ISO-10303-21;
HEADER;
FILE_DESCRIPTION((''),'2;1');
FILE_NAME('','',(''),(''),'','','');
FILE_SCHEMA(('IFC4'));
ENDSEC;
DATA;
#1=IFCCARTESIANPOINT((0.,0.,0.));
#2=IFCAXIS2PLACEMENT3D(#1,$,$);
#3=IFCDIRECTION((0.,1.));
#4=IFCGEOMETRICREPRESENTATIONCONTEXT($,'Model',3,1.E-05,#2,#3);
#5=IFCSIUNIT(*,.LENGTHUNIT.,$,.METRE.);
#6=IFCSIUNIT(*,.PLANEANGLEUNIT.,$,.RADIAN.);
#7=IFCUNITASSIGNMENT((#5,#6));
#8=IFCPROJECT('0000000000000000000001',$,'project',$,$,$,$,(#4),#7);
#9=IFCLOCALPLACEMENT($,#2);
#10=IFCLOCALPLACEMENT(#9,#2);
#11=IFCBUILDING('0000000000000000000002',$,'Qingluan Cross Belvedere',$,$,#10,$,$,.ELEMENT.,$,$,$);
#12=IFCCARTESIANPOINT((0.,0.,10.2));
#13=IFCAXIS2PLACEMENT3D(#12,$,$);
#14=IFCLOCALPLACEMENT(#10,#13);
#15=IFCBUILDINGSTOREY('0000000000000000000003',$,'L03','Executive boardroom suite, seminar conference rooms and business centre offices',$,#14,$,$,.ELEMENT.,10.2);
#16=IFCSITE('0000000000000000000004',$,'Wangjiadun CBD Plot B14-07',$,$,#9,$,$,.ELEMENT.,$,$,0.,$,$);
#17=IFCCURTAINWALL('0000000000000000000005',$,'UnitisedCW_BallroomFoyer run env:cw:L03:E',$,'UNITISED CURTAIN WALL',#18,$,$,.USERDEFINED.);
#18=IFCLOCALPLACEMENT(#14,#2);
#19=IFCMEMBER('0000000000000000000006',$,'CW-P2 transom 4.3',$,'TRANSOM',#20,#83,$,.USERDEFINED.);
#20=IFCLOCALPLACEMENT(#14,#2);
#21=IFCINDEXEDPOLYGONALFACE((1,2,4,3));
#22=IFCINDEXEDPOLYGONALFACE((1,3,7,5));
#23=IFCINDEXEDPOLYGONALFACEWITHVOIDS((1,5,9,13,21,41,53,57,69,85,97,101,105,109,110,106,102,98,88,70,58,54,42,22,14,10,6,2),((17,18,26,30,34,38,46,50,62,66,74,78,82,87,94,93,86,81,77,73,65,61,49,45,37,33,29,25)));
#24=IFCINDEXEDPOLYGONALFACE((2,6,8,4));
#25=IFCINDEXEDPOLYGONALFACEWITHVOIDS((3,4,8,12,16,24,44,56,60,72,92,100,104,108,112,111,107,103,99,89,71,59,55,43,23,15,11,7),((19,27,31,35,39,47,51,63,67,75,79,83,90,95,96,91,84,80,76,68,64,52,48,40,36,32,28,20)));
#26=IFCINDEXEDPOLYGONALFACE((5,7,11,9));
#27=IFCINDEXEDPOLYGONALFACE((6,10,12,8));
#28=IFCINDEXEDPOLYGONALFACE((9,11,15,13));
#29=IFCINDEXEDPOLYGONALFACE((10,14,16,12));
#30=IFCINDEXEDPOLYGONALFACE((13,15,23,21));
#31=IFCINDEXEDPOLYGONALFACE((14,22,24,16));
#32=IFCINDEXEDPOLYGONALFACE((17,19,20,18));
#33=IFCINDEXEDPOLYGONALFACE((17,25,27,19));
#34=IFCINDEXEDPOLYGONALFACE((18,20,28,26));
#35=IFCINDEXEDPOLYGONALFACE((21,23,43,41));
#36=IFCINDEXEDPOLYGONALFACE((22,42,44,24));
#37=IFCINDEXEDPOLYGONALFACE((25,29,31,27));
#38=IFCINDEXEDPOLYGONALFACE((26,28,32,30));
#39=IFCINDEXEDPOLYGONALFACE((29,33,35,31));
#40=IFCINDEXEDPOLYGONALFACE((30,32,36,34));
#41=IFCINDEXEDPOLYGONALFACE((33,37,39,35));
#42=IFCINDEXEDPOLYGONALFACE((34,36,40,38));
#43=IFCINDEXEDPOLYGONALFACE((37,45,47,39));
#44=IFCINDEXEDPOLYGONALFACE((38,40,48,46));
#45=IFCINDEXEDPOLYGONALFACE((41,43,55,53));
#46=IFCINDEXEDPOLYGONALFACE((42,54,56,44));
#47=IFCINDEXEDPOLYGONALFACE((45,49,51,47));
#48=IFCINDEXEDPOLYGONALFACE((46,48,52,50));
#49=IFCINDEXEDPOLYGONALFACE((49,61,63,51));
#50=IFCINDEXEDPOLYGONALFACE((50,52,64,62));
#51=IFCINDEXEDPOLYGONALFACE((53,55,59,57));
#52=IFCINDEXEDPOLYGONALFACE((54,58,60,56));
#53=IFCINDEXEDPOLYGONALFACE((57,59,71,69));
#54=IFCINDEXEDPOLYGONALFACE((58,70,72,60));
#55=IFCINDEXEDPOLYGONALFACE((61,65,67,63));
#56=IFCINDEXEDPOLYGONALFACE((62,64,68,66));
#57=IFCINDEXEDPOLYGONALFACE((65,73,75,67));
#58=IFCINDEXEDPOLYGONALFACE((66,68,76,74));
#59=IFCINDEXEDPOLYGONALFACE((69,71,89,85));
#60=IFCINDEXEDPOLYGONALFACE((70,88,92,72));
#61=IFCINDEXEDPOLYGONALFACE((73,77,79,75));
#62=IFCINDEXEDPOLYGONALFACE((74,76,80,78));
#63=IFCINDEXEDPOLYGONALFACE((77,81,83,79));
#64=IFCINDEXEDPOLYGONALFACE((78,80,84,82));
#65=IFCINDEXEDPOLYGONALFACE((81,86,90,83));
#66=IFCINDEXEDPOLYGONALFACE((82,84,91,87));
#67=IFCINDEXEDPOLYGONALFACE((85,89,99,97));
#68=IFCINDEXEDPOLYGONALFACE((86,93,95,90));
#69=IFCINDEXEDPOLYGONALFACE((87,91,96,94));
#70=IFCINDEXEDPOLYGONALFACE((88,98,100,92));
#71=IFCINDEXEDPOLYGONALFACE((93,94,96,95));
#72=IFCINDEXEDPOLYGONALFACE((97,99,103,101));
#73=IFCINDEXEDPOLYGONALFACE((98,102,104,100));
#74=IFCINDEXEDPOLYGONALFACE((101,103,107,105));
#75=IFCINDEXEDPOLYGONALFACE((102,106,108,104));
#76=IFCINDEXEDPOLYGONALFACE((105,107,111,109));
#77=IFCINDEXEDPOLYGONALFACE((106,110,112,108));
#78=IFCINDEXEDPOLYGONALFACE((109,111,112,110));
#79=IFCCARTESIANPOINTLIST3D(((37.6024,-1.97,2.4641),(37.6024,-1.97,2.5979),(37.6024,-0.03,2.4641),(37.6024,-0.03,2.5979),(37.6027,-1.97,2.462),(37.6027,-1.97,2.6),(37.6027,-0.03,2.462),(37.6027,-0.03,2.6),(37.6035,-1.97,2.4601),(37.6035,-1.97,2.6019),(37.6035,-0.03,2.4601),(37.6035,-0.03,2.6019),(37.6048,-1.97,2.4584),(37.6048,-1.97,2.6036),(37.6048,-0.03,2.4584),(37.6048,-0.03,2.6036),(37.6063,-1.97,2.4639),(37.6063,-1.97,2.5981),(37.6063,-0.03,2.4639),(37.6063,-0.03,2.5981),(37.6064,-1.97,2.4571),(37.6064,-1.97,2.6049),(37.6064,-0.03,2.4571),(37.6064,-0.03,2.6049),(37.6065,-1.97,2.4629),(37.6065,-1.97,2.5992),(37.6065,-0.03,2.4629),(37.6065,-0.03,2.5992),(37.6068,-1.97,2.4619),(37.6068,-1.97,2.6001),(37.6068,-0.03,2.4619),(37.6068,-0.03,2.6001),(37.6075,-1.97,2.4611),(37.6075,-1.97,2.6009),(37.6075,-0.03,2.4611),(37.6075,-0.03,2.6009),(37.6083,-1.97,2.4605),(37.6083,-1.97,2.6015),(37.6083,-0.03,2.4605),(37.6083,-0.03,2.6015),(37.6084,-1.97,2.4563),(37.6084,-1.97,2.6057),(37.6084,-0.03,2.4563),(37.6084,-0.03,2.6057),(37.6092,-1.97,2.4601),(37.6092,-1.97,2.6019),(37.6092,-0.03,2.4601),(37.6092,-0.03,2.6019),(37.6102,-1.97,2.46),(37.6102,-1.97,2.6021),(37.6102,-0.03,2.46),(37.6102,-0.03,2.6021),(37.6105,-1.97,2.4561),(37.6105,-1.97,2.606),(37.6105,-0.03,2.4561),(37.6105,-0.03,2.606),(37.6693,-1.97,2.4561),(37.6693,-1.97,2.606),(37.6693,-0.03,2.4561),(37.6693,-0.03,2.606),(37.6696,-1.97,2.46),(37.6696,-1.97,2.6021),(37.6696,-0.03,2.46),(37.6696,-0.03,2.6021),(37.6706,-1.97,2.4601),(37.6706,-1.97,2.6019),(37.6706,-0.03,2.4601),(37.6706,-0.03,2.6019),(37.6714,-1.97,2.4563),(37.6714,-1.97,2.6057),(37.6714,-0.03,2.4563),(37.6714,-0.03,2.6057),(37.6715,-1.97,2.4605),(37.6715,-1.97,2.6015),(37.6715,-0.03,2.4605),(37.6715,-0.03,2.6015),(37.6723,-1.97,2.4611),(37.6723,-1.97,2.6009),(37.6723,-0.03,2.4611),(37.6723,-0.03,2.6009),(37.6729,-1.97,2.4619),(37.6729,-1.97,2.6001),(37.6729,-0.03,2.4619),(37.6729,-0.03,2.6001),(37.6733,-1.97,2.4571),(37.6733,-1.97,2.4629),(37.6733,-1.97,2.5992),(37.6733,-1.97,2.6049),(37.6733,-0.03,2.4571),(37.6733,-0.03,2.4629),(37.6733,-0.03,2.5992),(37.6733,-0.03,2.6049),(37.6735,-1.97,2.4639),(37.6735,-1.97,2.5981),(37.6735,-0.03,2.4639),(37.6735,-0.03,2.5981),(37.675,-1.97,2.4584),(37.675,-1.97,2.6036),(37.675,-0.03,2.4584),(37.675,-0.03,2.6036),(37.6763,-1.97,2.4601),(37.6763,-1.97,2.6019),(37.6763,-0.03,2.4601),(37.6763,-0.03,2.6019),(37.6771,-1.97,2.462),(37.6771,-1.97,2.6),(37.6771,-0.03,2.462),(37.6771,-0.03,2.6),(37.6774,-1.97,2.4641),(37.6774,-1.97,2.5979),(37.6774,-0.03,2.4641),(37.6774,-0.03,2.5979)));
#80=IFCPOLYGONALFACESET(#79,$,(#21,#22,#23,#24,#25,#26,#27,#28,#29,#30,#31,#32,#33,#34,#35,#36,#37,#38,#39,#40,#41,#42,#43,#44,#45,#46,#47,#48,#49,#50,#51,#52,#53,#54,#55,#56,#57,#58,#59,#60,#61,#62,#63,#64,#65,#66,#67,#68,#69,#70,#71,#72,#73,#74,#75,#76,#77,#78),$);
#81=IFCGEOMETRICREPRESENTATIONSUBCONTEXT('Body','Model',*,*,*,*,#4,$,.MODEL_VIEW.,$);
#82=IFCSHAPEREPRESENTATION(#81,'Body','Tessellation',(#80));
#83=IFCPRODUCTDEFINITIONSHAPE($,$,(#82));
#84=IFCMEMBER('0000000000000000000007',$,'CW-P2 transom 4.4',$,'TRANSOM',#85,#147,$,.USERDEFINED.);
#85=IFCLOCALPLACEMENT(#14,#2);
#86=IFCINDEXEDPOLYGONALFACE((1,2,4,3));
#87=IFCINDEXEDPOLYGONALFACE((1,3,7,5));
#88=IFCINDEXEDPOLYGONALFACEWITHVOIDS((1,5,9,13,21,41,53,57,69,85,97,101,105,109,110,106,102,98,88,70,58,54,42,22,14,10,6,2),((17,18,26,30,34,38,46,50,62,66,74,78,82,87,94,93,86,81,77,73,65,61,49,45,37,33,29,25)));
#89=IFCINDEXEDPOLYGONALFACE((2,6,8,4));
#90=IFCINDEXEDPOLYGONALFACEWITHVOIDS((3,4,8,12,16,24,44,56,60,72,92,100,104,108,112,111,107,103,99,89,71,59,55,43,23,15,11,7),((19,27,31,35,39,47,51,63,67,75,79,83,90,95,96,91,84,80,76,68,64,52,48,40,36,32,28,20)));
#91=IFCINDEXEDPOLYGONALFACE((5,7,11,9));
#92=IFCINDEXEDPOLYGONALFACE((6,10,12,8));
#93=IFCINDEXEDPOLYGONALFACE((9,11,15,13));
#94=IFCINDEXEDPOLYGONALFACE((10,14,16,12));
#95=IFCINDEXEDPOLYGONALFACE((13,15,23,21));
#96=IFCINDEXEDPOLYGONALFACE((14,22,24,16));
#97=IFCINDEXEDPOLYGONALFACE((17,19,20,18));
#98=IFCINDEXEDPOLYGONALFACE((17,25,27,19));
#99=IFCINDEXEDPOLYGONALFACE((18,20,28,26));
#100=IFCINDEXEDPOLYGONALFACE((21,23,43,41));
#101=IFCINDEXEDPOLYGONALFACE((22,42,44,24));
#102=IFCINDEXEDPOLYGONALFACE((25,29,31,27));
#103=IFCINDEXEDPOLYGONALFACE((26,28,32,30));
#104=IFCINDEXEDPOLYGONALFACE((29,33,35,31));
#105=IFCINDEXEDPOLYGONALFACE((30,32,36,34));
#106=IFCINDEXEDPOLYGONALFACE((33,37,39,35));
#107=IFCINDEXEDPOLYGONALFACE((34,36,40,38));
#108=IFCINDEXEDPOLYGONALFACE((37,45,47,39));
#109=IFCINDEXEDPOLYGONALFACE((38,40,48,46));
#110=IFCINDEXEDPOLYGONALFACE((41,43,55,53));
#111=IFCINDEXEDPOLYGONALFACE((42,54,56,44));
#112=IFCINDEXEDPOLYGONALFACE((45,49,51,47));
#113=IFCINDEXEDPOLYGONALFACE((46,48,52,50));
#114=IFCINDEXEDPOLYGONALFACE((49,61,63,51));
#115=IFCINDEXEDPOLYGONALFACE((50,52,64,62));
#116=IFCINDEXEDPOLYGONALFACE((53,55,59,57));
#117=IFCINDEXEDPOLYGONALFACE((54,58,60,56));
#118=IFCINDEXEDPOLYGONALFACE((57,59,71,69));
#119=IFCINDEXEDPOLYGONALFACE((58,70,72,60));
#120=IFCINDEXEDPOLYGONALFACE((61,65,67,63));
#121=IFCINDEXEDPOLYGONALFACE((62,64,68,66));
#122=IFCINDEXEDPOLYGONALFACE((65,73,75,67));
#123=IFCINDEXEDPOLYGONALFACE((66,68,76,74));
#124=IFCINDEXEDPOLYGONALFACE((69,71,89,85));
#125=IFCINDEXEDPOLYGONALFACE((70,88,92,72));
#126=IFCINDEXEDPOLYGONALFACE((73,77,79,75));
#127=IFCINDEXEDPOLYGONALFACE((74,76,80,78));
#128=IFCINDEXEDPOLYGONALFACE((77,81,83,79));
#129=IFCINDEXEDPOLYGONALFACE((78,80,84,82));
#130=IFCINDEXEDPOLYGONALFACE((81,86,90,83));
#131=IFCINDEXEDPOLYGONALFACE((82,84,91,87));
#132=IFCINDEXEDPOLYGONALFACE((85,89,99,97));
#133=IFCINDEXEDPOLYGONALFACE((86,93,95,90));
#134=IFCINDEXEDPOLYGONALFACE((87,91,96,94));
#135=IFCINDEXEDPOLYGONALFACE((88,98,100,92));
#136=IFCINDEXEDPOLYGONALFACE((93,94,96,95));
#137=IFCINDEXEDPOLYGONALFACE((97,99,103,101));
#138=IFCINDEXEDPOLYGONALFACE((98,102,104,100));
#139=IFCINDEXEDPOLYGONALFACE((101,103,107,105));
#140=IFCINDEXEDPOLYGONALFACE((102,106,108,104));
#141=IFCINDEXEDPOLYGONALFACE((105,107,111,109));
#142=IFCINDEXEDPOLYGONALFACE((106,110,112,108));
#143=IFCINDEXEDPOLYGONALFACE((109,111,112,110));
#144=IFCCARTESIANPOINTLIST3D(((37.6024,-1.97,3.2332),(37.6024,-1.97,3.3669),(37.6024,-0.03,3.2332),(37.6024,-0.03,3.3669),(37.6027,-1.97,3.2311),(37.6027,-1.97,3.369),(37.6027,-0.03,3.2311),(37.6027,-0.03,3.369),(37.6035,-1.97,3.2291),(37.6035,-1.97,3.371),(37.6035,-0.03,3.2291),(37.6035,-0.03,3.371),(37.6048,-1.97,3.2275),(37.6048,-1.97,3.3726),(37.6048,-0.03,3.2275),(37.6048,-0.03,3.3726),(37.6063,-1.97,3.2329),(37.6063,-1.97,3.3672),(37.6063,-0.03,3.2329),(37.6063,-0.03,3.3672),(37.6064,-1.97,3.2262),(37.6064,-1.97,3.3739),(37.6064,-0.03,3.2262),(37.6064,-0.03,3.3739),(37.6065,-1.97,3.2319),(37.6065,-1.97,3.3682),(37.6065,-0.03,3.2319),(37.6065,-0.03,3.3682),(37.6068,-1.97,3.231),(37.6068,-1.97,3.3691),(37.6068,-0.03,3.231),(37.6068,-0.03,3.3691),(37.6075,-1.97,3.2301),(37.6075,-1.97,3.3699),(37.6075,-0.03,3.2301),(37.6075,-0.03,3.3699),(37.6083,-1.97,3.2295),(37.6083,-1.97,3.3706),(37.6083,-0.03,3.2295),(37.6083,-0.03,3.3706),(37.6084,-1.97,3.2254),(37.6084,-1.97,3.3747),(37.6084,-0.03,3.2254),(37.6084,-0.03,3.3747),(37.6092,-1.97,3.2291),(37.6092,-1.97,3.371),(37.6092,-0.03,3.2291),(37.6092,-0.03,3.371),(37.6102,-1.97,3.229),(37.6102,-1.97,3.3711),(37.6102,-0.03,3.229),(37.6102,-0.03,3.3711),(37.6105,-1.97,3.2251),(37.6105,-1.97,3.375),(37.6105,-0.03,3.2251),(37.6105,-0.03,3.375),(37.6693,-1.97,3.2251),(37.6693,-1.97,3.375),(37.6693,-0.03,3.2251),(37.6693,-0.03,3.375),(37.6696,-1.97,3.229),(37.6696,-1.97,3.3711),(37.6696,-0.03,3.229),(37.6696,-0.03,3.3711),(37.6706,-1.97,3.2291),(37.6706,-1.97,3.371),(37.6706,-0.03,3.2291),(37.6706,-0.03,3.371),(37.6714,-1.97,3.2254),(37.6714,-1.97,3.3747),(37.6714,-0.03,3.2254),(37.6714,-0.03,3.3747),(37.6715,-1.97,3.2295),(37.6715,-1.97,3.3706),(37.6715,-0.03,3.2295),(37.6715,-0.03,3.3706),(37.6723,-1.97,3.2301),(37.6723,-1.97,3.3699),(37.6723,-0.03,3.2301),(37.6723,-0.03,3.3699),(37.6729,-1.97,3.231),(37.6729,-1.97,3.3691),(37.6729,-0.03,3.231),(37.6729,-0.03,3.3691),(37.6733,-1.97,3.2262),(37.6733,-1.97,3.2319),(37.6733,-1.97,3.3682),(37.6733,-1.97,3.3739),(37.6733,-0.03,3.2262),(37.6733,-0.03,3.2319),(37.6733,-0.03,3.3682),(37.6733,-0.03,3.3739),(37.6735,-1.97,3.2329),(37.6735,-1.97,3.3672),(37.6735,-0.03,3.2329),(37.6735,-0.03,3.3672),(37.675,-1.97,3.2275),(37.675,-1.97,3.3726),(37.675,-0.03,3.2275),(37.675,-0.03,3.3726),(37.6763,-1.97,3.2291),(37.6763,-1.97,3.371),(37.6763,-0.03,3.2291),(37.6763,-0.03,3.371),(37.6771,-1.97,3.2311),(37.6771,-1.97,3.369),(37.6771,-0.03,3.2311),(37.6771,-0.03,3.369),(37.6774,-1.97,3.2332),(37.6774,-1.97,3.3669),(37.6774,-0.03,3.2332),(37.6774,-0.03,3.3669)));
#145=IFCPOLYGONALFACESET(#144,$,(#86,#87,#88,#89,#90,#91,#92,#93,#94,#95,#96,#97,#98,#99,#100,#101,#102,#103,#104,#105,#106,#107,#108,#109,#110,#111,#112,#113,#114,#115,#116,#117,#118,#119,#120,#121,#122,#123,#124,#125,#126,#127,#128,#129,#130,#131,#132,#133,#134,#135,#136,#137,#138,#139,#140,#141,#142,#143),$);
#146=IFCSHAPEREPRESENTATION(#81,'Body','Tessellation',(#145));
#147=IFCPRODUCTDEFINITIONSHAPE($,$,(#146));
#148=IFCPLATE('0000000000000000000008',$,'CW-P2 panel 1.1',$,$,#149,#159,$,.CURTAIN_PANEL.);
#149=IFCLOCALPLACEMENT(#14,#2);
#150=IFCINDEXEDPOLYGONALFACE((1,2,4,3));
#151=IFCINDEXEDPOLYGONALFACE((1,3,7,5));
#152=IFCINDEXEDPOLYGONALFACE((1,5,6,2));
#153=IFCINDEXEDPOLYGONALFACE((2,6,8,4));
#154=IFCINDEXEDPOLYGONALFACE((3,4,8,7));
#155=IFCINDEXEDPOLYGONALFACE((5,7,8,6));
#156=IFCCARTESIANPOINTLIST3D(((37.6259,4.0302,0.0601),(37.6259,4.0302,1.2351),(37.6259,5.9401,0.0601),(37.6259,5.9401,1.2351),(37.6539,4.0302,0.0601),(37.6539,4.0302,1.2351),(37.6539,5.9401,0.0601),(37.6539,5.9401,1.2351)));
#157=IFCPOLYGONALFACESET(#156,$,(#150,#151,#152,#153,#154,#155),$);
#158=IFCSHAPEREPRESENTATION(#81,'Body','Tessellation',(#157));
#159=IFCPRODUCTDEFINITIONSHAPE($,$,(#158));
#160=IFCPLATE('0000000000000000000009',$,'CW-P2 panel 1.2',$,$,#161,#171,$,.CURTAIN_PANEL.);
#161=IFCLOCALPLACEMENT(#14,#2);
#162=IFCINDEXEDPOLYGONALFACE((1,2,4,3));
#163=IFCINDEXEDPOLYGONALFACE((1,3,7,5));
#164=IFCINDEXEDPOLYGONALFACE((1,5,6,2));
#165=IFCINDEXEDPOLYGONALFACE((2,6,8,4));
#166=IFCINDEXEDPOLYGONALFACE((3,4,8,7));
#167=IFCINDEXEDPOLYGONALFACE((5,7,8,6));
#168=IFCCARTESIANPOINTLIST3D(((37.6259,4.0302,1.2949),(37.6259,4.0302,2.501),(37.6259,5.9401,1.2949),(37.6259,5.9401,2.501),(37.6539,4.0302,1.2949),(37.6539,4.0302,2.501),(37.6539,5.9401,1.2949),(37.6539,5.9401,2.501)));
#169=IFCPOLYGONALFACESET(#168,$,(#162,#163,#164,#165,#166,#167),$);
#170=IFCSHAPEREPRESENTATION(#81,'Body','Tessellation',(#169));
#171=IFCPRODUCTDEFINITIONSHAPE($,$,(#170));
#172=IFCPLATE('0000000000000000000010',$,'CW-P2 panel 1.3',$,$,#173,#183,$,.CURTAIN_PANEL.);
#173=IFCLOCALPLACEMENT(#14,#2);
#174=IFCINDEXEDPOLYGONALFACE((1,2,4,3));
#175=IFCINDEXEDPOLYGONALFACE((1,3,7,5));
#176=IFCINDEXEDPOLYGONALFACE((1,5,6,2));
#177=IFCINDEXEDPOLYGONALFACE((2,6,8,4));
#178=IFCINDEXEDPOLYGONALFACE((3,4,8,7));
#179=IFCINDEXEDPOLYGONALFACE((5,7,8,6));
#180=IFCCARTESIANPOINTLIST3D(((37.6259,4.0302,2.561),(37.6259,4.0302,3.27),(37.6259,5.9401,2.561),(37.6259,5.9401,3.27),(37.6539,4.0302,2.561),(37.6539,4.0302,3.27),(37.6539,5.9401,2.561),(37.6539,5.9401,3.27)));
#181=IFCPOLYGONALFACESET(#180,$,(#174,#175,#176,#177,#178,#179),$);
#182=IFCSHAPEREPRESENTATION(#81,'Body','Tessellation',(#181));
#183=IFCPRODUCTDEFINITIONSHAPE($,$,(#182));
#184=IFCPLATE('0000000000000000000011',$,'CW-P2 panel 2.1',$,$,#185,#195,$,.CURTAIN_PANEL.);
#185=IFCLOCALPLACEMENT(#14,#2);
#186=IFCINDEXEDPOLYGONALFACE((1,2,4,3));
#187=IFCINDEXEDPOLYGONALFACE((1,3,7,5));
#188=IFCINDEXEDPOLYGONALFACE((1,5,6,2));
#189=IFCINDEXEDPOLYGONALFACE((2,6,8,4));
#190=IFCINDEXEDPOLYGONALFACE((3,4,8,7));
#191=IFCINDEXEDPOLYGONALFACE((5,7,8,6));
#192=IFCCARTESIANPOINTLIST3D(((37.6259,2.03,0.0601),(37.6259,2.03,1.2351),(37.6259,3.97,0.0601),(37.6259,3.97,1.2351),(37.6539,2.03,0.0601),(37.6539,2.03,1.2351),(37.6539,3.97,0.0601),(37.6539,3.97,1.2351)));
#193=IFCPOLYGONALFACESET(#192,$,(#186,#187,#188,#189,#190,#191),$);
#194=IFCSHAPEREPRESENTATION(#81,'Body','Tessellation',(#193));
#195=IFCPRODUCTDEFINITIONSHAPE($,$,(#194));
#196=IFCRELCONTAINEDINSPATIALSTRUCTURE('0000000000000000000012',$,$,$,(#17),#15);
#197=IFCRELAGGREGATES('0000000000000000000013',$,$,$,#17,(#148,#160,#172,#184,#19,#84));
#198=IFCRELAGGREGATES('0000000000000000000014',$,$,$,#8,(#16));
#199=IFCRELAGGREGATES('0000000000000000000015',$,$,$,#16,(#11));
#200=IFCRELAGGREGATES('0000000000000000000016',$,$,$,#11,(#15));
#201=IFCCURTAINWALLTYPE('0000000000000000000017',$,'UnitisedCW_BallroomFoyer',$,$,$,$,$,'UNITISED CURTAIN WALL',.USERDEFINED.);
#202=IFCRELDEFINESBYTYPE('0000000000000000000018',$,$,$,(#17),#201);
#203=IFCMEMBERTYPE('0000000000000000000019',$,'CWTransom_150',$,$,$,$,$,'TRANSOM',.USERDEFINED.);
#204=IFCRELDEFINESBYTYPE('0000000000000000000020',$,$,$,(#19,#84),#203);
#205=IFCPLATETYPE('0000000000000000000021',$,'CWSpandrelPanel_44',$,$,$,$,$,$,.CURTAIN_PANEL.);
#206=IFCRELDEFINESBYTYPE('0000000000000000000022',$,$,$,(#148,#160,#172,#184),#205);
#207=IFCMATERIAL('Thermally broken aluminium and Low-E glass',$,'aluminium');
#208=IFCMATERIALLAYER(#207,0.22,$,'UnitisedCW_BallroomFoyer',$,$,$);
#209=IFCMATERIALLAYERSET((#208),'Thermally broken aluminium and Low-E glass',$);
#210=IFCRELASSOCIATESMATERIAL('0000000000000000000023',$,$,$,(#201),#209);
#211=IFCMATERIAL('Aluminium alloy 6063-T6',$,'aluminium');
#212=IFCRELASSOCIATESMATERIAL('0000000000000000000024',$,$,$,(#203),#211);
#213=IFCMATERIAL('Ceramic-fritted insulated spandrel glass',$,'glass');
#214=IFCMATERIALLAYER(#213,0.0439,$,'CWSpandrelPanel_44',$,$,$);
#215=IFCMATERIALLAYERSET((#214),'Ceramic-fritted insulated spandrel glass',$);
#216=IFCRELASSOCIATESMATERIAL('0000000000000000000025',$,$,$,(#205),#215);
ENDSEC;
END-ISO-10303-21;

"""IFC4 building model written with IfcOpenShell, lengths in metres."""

from ifc_helpers import new_model, si_unit, direction, frame, origin, origin_2d, place, context, subcontext, project, spatial, rectangle, hollow_rectangle, extrude, material, layer, layer_set, material_profile, profile_set, type_object, element, aggregate, save


model = new_model("IFC4")

# Units and contexts
model_context = context("Model", 3, precision=1e-05, world=origin(), true_north=direction((0.0, 1.0)))
body_context = subcontext(model_context, "Body", "Model", "MODEL_VIEW")
ifc_project = project(units=[si_unit("LENGTHUNIT", "METRE"), si_unit("PLANEANGLEUNIT", "RADIAN")], contexts=[model_context])

# Site, building, storey
site_placement = place(None, origin())
site = spatial("IfcSite", under=ifc_project, at=site_placement, Name="Wangjiadun CBD Plot B14-07", CompositionType="ELEMENT", RefElevation=0.0)
building_placement = place(site_placement, origin())
building = spatial("IfcBuilding", under=site, at=building_placement, Name="Qingluan Cross Belvedere", CompositionType="ELEMENT")
storey_placement = place(building_placement, frame((0.0, 0.0, 10.2)))
storey = spatial("IfcBuildingStorey", under=building, at=storey_placement, Name="L03", Description="Executive boardroom suite, seminar conference rooms and business centre offices", CompositionType="ELEMENT", Elevation=10.2)

# Curtain wall, members, plates
ifc_material_1 = material(Name="Thermally broken aluminium and Low-E glass", Category="aluminium")
ifc_layer_1 = layer(ifc_material_1, 0.22, Name="UnitisedCW_BallroomFoyer")
ifc_layer_set_1 = layer_set([ifc_layer_1], Name="Thermally broken aluminium and Low-E glass")
curtain_wall_type = type_object("IfcCurtainWallType", Name="UnitisedCW_BallroomFoyer", ElementType="UNITISED CURTAIN WALL", PredefinedType="USERDEFINED", material=ifc_layer_set_1)
curtain_wall_placement = place(storey_placement, origin())
curtain_wall = element("IfcCurtainWall", 1, at=curtain_wall_placement, inside=storey, type_object=curtain_wall_type, Name="UnitisedCW_BallroomFoyer run env:cw:L03:E", ObjectType="UNITISED CURTAIN WALL", PredefinedType="USERDEFINED")
ifc_material_2 = material(Name="Aluminium alloy 6063-T6", Category="aluminium")
ifc_material_profile_1 = material_profile(ifc_material_2, hollow_rectangle(XDim=0.075, YDim=0.1499, WallThickness=0.0039, InnerFilletRadius=0.0039, OuterFilletRadius=0.0081, at=origin_2d()), Name="CWT150x75x4")
ifc_profile_set_1 = profile_set([ifc_material_profile_1], Name="Aluminium alloy 6063-T6")
member_type_1 = type_object("IfcMemberType", Name="CWTransom_150", ElementType="TRANSOM", PredefinedType="USERDEFINED", material=ifc_profile_set_1)
member_1_placement = place(storey_placement, frame((37.6399, -0.03, 2.531), z_axis=(0.0, -1.0, 0.0), x_axis=(1.0, 0.0, 0.0)))
member_1 = element("IfcMember", 2, at=member_1_placement, type_object=member_type_1, Name="CW-P2 transom 4.3", ObjectType="TRANSOM", PredefinedType="USERDEFINED", context=body_context, shape_type="SweptSolid", body=[
    extrude(hollow_rectangle(XDim=0.075, YDim=0.1499, WallThickness=0.0039, InnerFilletRadius=0.0039, OuterFilletRadius=0.0081, at=origin_2d()), origin(), (0.0, 0.0, 1.0), 1.9399),
])
member_2_placement = place(storey_placement, frame((37.6399, -0.03, 3.3), z_axis=(0.0, -1.0, 0.0), x_axis=(1.0, 0.0, 0.0)))
member_2 = element("IfcMember", 3, at=member_2_placement, type_object=member_type_1, Name="CW-P2 transom 4.4", ObjectType="TRANSOM", PredefinedType="USERDEFINED", context=body_context, shape_type="SweptSolid", body=[
    extrude(hollow_rectangle(XDim=0.075, YDim=0.1499, WallThickness=0.0039, InnerFilletRadius=0.0039, OuterFilletRadius=0.0081, at=origin_2d()), origin(), (0.0, 0.0, 1.0), 1.9399),
])
ifc_material_3 = material(Name="Ceramic-fritted insulated spandrel glass", Category="glass")
ifc_layer_2 = layer(ifc_material_3, 0.0439, Name="CWSpandrelPanel_44")
ifc_layer_set_2 = layer_set([ifc_layer_2], Name="Ceramic-fritted insulated spandrel glass")
plate_type = type_object("IfcPlateType", Name="CWSpandrelPanel_44", PredefinedType="CURTAIN_PANEL", material=ifc_layer_set_2)
plate_1_placement = place(storey_placement, frame((37.6399, 4.9851, 0.0601), z_axis=(0.0, 0.0, 1.0), x_axis=(0.0, -1.0, 0.0)))
plate_1 = element("IfcPlate", 4, at=plate_1_placement, type_object=plate_type, Name="CW-P2 panel 1.1", PredefinedType="CURTAIN_PANEL", context=body_context, shape_type="SweptSolid", body=[
    extrude(rectangle(XDim=1.9099, YDim=0.0281, at=origin_2d()), origin(), (0.0, 0.0, 1.0), 1.175),
])
plate_2_placement = place(storey_placement, frame((37.6399, 4.9851, 1.2949), z_axis=(0.0, 0.0, 1.0), x_axis=(0.0, -1.0, 0.0)))
plate_2 = element("IfcPlate", 5, at=plate_2_placement, type_object=plate_type, Name="CW-P2 panel 1.2", PredefinedType="CURTAIN_PANEL", context=body_context, shape_type="SweptSolid", body=[
    extrude(rectangle(XDim=1.9099, YDim=0.0281, at=origin_2d()), origin(), (0.0, 0.0, 1.0), 1.2061),
])
plate_3_placement = place(storey_placement, frame((37.6399, 4.9851, 2.561), z_axis=(0.0, 0.0, 1.0), x_axis=(0.0, -1.0, 0.0)))
plate_3 = element("IfcPlate", 6, at=plate_3_placement, type_object=plate_type, Name="CW-P2 panel 1.3", PredefinedType="CURTAIN_PANEL", context=body_context, shape_type="SweptSolid", body=[
    extrude(rectangle(XDim=1.9099, YDim=0.0281, at=origin_2d()), origin(), (0.0, 0.0, 1.0), 0.709),
])
plate_4_placement = place(storey_placement, frame((37.6399, 3.0, 0.0601), z_axis=(0.0, 0.0, 1.0), x_axis=(0.0, -1.0, 0.0)))
plate_4 = element("IfcPlate", 7, at=plate_4_placement, type_object=plate_type, Name="CW-P2 panel 2.1", PredefinedType="CURTAIN_PANEL", context=body_context, shape_type="SweptSolid", body=[
    extrude(rectangle(XDim=1.9399, YDim=0.0281, at=origin_2d()), origin(), (0.0, 0.0, 1.0), 1.175),
])
aggregate(curtain_wall, [plate_1, plate_2, plate_3, plate_4, member_1, member_2])

save(model, "model.ifc")
